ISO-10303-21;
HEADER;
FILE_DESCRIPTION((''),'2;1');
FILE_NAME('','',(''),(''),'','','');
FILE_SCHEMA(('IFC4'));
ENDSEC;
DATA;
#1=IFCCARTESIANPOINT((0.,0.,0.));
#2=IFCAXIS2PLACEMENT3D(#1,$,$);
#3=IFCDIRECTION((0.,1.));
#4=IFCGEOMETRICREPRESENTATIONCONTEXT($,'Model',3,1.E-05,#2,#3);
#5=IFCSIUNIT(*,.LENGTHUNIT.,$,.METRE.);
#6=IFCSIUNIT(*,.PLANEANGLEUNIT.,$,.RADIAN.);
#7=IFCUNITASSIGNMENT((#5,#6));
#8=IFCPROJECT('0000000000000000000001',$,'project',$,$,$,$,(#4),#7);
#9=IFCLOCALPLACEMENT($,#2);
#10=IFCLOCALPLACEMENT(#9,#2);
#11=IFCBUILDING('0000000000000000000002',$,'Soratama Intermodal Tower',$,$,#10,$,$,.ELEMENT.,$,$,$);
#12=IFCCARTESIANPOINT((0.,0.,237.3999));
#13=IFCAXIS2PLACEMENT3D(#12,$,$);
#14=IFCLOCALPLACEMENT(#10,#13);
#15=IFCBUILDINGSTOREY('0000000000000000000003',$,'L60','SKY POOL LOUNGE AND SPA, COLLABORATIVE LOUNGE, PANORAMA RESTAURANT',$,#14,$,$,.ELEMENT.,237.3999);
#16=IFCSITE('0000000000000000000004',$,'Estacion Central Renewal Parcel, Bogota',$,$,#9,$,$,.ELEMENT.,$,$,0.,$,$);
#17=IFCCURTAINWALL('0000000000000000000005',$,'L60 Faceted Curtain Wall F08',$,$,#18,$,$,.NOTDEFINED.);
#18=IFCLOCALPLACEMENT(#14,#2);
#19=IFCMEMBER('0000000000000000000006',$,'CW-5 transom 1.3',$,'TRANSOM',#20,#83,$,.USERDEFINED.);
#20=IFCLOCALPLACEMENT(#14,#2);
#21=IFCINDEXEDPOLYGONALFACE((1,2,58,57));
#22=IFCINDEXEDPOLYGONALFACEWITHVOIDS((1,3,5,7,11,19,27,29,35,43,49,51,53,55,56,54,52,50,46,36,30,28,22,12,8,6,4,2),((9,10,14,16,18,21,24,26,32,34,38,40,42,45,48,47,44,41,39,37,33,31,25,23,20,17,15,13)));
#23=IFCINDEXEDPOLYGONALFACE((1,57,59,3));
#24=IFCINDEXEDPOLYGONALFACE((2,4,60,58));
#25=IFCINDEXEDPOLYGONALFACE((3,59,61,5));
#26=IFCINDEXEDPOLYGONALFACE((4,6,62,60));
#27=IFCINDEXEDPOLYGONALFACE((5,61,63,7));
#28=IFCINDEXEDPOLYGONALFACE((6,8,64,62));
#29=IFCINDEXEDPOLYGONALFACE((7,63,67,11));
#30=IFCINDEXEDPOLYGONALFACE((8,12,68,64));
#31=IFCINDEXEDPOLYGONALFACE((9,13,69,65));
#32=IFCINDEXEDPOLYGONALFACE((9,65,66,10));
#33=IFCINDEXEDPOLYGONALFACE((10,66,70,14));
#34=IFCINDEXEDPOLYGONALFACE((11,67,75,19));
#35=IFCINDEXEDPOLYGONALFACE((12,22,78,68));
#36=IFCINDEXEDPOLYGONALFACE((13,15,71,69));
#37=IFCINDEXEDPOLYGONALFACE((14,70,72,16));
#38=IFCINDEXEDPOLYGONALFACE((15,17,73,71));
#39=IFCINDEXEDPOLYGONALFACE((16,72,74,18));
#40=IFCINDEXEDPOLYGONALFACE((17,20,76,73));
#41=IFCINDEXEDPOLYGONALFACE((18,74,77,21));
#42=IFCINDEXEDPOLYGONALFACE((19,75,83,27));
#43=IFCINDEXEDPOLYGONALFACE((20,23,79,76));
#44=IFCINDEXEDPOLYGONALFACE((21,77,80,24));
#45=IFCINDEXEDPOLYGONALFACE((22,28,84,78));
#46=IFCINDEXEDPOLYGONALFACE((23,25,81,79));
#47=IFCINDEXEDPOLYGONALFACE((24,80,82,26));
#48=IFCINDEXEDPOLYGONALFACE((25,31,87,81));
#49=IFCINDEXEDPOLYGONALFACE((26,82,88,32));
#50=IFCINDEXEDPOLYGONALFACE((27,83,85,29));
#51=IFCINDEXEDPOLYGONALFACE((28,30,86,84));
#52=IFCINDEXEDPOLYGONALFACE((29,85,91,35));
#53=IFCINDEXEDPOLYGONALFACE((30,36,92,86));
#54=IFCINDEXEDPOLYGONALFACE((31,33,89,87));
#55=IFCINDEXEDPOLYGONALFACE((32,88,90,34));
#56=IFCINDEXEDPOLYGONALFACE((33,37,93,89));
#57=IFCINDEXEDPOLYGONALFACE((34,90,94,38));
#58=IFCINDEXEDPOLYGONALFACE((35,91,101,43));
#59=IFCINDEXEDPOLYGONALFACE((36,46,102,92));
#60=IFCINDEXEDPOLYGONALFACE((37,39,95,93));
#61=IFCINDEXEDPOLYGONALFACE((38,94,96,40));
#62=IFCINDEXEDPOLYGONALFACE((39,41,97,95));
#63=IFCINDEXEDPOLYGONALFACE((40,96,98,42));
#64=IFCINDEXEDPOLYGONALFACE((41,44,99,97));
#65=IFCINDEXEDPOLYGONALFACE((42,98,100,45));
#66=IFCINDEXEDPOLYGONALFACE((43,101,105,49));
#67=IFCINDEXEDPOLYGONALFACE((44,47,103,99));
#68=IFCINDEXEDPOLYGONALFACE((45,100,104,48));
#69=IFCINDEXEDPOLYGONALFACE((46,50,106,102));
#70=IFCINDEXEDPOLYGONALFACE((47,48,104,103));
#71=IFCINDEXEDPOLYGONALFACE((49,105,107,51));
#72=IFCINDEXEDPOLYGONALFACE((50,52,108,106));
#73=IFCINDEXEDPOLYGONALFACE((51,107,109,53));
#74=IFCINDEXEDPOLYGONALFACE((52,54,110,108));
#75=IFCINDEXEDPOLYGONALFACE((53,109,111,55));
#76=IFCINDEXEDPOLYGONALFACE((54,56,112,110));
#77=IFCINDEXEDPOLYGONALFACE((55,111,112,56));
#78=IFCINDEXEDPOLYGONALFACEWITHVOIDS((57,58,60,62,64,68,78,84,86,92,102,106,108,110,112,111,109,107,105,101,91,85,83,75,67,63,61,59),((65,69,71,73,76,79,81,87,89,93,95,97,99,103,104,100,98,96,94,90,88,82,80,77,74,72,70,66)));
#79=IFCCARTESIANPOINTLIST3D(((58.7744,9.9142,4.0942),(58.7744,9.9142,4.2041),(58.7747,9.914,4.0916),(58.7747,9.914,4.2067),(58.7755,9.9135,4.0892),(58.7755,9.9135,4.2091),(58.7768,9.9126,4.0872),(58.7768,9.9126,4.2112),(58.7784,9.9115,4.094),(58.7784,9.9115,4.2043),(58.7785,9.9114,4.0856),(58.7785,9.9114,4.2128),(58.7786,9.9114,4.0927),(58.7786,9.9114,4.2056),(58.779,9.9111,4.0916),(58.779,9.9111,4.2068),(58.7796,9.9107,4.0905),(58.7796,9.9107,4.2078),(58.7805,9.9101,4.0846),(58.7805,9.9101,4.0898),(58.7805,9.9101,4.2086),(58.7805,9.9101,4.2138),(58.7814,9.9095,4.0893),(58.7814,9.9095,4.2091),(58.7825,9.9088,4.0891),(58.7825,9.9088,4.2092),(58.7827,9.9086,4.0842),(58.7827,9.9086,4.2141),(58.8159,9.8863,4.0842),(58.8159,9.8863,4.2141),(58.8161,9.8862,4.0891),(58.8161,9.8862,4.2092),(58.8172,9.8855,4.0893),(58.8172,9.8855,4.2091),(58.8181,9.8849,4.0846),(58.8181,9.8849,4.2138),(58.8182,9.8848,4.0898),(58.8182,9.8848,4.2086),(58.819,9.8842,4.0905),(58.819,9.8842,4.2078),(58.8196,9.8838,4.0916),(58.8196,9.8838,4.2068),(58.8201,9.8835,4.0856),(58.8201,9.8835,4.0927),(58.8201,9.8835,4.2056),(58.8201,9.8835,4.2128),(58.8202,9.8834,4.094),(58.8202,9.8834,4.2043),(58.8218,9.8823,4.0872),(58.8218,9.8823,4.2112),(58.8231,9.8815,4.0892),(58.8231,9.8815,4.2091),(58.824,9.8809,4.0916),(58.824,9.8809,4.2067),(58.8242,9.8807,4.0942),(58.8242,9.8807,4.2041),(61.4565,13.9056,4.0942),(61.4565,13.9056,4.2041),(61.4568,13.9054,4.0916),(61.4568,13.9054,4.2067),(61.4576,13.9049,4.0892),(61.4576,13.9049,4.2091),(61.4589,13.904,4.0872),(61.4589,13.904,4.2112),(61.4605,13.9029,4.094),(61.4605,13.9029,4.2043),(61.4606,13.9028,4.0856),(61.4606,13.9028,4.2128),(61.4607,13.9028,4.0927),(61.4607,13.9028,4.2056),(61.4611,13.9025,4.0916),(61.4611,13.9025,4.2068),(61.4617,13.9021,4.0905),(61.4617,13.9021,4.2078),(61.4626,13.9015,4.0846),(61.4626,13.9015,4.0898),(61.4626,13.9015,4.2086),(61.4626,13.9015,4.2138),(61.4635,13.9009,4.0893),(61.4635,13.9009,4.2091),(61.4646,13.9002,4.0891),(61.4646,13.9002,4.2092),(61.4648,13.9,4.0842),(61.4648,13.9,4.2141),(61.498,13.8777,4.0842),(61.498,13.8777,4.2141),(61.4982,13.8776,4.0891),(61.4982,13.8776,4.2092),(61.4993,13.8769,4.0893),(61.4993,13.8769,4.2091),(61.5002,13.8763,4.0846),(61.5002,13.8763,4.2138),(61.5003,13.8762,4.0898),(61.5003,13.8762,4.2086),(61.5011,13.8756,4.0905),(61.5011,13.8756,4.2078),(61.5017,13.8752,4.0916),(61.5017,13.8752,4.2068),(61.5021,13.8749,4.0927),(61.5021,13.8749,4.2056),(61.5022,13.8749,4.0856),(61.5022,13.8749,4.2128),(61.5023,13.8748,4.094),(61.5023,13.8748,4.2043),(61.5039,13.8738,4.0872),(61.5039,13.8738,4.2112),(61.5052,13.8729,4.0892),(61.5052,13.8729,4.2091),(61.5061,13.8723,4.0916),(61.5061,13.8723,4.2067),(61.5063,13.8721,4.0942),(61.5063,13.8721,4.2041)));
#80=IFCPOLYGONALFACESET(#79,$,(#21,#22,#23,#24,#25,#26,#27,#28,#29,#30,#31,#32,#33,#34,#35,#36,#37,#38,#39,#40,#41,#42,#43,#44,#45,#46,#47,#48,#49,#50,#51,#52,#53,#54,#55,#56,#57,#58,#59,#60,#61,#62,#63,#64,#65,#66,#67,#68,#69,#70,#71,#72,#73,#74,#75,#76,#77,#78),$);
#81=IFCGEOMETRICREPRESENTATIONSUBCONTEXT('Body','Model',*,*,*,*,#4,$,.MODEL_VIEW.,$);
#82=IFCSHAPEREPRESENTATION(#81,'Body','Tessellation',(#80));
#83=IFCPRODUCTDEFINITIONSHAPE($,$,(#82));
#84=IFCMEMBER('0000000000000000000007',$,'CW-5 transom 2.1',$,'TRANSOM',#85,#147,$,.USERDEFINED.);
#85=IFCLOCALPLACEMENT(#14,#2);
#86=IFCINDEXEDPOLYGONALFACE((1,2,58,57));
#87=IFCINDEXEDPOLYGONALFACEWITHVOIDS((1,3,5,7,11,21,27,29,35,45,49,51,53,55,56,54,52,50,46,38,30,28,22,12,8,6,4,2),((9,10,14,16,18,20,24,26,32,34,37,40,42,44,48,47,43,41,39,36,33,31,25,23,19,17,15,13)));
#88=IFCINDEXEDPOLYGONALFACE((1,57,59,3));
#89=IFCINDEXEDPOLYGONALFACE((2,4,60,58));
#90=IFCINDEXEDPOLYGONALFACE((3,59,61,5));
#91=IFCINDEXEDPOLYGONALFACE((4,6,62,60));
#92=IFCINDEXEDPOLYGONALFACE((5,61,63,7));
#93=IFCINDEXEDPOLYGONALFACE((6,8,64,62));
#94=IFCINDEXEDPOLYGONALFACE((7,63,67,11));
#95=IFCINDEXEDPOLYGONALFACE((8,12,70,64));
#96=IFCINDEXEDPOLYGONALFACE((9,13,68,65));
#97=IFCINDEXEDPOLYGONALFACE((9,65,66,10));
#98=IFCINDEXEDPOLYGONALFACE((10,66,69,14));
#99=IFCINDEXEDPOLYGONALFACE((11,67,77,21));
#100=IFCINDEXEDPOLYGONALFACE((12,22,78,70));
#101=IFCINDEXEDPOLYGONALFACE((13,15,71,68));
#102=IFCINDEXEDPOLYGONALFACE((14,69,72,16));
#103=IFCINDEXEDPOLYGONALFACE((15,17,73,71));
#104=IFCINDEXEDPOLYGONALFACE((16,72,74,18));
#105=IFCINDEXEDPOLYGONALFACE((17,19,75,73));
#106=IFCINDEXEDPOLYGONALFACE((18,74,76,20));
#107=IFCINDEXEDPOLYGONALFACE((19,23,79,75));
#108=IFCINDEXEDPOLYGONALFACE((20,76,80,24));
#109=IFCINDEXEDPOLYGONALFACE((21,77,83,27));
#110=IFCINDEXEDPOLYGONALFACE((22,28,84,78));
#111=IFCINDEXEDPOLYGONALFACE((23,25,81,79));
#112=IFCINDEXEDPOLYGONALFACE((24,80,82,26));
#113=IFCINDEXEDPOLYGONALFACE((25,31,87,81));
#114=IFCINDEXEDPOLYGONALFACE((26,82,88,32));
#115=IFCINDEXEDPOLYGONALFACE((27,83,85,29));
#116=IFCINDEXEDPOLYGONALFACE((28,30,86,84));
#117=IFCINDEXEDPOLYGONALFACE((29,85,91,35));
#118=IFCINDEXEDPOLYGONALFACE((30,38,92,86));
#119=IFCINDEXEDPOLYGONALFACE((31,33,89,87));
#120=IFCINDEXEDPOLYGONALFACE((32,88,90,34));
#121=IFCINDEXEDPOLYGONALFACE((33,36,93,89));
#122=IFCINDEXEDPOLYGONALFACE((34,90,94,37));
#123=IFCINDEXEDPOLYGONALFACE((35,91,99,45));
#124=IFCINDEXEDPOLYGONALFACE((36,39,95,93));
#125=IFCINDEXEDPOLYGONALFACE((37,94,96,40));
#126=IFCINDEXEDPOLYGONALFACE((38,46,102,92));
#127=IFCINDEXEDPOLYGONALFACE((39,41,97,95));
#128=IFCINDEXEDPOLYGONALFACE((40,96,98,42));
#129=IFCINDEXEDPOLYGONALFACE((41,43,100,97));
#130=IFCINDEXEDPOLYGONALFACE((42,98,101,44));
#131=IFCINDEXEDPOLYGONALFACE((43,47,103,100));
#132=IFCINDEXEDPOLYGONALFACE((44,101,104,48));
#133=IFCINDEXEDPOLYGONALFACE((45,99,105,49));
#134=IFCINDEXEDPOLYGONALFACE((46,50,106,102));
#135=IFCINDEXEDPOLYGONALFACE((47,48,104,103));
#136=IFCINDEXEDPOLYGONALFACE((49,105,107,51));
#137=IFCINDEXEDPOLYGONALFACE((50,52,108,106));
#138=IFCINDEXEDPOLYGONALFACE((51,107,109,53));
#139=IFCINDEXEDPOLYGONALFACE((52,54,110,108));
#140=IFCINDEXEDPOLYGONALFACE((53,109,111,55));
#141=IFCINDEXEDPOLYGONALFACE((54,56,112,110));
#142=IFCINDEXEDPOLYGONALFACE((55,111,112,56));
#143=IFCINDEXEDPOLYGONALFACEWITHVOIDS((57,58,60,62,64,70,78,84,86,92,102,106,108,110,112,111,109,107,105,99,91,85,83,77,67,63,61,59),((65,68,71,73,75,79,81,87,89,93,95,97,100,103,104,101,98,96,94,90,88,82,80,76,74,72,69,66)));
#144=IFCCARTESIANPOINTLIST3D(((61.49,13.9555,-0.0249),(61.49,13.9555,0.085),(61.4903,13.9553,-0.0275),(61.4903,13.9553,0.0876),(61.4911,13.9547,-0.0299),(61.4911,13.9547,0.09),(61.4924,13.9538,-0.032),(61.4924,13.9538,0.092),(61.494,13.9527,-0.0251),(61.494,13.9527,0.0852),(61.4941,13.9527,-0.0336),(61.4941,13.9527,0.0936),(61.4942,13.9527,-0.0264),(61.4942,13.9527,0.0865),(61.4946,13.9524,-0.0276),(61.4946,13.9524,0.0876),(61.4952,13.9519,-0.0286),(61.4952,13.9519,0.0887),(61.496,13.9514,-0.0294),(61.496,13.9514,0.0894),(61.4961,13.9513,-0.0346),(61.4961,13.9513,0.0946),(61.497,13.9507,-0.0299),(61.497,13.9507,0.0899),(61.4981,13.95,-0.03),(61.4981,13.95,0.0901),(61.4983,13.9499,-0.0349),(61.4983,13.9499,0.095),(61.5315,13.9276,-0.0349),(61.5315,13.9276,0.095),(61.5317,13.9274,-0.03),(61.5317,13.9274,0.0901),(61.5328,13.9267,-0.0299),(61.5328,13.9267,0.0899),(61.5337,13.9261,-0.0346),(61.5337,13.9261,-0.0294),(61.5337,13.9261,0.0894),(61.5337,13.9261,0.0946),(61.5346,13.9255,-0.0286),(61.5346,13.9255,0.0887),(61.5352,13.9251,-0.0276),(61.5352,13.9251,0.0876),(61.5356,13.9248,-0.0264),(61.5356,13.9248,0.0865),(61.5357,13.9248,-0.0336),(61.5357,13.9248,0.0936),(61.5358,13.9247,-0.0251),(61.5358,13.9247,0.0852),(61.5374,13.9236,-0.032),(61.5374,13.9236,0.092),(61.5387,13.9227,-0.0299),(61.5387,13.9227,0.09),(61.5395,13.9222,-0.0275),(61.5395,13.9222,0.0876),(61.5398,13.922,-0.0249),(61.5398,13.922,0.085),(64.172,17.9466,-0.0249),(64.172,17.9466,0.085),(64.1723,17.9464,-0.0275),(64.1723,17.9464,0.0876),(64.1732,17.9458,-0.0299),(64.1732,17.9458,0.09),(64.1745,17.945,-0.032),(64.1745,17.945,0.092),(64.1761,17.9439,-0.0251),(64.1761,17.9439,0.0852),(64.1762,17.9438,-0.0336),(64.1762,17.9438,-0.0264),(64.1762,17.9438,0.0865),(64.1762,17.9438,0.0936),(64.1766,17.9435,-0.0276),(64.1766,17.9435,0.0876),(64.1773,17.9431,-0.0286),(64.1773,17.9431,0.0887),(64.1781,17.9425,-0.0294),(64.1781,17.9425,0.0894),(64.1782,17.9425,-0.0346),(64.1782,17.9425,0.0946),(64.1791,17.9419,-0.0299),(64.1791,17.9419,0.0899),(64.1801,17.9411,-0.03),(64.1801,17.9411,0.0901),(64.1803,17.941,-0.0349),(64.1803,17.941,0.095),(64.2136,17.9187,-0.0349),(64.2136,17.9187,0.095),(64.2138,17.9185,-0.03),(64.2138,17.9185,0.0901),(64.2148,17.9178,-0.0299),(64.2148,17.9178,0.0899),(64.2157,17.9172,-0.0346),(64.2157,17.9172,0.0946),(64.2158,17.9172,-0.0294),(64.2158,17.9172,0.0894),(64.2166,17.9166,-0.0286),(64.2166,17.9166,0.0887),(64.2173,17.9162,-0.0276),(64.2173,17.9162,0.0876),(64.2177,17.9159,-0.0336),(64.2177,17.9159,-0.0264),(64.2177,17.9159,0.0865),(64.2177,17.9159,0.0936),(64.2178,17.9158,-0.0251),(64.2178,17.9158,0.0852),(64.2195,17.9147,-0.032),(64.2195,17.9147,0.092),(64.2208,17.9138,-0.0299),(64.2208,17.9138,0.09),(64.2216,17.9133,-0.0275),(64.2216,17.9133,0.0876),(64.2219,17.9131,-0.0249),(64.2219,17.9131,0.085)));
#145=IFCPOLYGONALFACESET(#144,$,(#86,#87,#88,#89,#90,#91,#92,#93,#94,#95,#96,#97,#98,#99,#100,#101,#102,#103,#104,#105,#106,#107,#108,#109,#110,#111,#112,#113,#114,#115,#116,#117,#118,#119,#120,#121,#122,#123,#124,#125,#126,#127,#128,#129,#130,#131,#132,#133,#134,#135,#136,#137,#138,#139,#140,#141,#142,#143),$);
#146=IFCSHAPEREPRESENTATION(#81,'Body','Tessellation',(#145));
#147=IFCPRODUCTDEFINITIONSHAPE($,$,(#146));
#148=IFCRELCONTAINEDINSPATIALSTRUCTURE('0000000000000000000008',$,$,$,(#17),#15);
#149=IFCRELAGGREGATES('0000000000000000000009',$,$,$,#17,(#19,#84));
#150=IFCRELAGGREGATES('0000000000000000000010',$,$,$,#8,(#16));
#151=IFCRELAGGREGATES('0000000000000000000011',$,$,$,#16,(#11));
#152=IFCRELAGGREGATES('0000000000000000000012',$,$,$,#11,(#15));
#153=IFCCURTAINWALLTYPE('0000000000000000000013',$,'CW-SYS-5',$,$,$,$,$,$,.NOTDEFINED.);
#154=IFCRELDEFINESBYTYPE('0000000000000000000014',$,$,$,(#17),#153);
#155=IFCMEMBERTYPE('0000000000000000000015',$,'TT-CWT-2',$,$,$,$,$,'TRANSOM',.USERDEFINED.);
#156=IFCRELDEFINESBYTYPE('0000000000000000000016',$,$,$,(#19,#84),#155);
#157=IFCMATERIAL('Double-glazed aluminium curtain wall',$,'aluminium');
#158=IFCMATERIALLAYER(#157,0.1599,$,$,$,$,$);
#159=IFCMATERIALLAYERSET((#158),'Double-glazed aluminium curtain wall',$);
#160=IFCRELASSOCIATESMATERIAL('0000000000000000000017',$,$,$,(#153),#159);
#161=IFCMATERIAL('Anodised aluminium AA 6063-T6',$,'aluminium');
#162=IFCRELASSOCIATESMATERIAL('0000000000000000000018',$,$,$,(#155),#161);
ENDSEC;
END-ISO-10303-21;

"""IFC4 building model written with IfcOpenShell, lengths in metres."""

from ifc_helpers import new_model, si_unit, direction, frame, origin, origin_2d, place, context, subcontext, project, spatial, hollow_rectangle, extrude, material, layer, layer_set, material_profile, profile_set, type_object, element, aggregate, save


model = new_model("IFC4")

# Units and contexts
model_context = context("Model", 3, precision=1e-05, world=origin(), true_north=direction((0.0, 1.0)))
body_context = subcontext(model_context, "Body", "Model", "MODEL_VIEW")
ifc_project = project(units=[si_unit("LENGTHUNIT", "METRE"), si_unit("PLANEANGLEUNIT", "RADIAN")], contexts=[model_context])

# Site, building, storey
site_placement = place(None, origin())
site = spatial("IfcSite", under=ifc_project, at=site_placement, Name="Estacion Central Renewal Parcel, Bogota", CompositionType="ELEMENT", RefElevation=0.0)
building_placement = place(site_placement, origin())
building = spatial("IfcBuilding", under=site, at=building_placement, Name="Soratama Intermodal Tower", CompositionType="ELEMENT")
storey_placement = place(building_placement, frame((0.0, 0.0, 237.3999)))
storey = spatial("IfcBuildingStorey", under=building, at=storey_placement, Name="L60", Description="SKY POOL LOUNGE AND SPA, COLLABORATIVE LOUNGE, PANORAMA RESTAURANT", CompositionType="ELEMENT", Elevation=237.3999)

# Curtain wall, members
ifc_material_1 = material(Name="Double-glazed aluminium curtain wall", Category="aluminium")
ifc_layer_1 = layer(ifc_material_1, 0.1599)
ifc_layer_set_1 = layer_set([ifc_layer_1], Name="Double-glazed aluminium curtain wall")
curtain_wall_type = type_object("IfcCurtainWallType", Name="CW-SYS-5", PredefinedType="NOTDEFINED", material=ifc_layer_set_1)
curtain_wall_placement = place(storey_placement, origin())
curtain_wall = element("IfcCurtainWall", 1, at=curtain_wall_placement, inside=storey, type_object=curtain_wall_type, Name="L60 Faceted Curtain Wall F08", PredefinedType="NOTDEFINED")
ifc_material_2 = material(Name="Anodised aluminium AA 6063-T6", Category="aluminium")
ifc_material_profile_1 = material_profile(ifc_material_2, hollow_rectangle(XDim=0.0601, YDim=0.1299, WallThickness=0.0049, InnerFilletRadius=0.0049, OuterFilletRadius=0.01, at=origin_2d()), Name="CWT130X60X5")
ifc_profile_set_1 = profile_set([ifc_material_profile_1], Name="Anodised aluminium AA 6063-T6")
member_type_1 = type_object("IfcMemberType", Name="TT-CWT-2", ElementType="TRANSOM", PredefinedType="USERDEFINED", material=ifc_profile_set_1)
member_1_placement = place(storey_placement, frame((58.7993, 9.8975, 4.1492), z_axis=(0.557743, 0.830014, 0.0), x_axis=(-0.830014, 0.557743, 0.0)))
member_1 = element("IfcMember", 2, at=member_1_placement, type_object=member_type_1, Name="CW-5 transom 1.3", ObjectType="TRANSOM", PredefinedType="USERDEFINED", context=body_context, shape_type="SweptSolid", body=[
    extrude(hollow_rectangle(XDim=0.0601, YDim=0.1299, WallThickness=0.0049, InnerFilletRadius=0.0049, OuterFilletRadius=0.01, at=origin_2d()), origin(), (0.0, 0.0, 1.0), 4.8088),
])
member_2_placement = place(storey_placement, frame((61.5149, 13.9387, 0.03), z_axis=(0.557766, 0.829998, 0.0), x_axis=(-0.829998, 0.557766, 0.0)))
member_2 = element("IfcMember", 3, at=member_2_placement, type_object=member_type_1, Name="CW-5 transom 2.1", ObjectType="TRANSOM", PredefinedType="USERDEFINED", context=body_context, shape_type="SweptSolid", body=[
    extrude(hollow_rectangle(XDim=0.0601, YDim=0.1299, WallThickness=0.0049, InnerFilletRadius=0.0049, OuterFilletRadius=0.01, at=origin_2d()), origin(), (0.0, 0.0, 1.0), 4.8086),
])
aggregate(curtain_wall, [member_1, member_2])

save(model, "model.ifc")
